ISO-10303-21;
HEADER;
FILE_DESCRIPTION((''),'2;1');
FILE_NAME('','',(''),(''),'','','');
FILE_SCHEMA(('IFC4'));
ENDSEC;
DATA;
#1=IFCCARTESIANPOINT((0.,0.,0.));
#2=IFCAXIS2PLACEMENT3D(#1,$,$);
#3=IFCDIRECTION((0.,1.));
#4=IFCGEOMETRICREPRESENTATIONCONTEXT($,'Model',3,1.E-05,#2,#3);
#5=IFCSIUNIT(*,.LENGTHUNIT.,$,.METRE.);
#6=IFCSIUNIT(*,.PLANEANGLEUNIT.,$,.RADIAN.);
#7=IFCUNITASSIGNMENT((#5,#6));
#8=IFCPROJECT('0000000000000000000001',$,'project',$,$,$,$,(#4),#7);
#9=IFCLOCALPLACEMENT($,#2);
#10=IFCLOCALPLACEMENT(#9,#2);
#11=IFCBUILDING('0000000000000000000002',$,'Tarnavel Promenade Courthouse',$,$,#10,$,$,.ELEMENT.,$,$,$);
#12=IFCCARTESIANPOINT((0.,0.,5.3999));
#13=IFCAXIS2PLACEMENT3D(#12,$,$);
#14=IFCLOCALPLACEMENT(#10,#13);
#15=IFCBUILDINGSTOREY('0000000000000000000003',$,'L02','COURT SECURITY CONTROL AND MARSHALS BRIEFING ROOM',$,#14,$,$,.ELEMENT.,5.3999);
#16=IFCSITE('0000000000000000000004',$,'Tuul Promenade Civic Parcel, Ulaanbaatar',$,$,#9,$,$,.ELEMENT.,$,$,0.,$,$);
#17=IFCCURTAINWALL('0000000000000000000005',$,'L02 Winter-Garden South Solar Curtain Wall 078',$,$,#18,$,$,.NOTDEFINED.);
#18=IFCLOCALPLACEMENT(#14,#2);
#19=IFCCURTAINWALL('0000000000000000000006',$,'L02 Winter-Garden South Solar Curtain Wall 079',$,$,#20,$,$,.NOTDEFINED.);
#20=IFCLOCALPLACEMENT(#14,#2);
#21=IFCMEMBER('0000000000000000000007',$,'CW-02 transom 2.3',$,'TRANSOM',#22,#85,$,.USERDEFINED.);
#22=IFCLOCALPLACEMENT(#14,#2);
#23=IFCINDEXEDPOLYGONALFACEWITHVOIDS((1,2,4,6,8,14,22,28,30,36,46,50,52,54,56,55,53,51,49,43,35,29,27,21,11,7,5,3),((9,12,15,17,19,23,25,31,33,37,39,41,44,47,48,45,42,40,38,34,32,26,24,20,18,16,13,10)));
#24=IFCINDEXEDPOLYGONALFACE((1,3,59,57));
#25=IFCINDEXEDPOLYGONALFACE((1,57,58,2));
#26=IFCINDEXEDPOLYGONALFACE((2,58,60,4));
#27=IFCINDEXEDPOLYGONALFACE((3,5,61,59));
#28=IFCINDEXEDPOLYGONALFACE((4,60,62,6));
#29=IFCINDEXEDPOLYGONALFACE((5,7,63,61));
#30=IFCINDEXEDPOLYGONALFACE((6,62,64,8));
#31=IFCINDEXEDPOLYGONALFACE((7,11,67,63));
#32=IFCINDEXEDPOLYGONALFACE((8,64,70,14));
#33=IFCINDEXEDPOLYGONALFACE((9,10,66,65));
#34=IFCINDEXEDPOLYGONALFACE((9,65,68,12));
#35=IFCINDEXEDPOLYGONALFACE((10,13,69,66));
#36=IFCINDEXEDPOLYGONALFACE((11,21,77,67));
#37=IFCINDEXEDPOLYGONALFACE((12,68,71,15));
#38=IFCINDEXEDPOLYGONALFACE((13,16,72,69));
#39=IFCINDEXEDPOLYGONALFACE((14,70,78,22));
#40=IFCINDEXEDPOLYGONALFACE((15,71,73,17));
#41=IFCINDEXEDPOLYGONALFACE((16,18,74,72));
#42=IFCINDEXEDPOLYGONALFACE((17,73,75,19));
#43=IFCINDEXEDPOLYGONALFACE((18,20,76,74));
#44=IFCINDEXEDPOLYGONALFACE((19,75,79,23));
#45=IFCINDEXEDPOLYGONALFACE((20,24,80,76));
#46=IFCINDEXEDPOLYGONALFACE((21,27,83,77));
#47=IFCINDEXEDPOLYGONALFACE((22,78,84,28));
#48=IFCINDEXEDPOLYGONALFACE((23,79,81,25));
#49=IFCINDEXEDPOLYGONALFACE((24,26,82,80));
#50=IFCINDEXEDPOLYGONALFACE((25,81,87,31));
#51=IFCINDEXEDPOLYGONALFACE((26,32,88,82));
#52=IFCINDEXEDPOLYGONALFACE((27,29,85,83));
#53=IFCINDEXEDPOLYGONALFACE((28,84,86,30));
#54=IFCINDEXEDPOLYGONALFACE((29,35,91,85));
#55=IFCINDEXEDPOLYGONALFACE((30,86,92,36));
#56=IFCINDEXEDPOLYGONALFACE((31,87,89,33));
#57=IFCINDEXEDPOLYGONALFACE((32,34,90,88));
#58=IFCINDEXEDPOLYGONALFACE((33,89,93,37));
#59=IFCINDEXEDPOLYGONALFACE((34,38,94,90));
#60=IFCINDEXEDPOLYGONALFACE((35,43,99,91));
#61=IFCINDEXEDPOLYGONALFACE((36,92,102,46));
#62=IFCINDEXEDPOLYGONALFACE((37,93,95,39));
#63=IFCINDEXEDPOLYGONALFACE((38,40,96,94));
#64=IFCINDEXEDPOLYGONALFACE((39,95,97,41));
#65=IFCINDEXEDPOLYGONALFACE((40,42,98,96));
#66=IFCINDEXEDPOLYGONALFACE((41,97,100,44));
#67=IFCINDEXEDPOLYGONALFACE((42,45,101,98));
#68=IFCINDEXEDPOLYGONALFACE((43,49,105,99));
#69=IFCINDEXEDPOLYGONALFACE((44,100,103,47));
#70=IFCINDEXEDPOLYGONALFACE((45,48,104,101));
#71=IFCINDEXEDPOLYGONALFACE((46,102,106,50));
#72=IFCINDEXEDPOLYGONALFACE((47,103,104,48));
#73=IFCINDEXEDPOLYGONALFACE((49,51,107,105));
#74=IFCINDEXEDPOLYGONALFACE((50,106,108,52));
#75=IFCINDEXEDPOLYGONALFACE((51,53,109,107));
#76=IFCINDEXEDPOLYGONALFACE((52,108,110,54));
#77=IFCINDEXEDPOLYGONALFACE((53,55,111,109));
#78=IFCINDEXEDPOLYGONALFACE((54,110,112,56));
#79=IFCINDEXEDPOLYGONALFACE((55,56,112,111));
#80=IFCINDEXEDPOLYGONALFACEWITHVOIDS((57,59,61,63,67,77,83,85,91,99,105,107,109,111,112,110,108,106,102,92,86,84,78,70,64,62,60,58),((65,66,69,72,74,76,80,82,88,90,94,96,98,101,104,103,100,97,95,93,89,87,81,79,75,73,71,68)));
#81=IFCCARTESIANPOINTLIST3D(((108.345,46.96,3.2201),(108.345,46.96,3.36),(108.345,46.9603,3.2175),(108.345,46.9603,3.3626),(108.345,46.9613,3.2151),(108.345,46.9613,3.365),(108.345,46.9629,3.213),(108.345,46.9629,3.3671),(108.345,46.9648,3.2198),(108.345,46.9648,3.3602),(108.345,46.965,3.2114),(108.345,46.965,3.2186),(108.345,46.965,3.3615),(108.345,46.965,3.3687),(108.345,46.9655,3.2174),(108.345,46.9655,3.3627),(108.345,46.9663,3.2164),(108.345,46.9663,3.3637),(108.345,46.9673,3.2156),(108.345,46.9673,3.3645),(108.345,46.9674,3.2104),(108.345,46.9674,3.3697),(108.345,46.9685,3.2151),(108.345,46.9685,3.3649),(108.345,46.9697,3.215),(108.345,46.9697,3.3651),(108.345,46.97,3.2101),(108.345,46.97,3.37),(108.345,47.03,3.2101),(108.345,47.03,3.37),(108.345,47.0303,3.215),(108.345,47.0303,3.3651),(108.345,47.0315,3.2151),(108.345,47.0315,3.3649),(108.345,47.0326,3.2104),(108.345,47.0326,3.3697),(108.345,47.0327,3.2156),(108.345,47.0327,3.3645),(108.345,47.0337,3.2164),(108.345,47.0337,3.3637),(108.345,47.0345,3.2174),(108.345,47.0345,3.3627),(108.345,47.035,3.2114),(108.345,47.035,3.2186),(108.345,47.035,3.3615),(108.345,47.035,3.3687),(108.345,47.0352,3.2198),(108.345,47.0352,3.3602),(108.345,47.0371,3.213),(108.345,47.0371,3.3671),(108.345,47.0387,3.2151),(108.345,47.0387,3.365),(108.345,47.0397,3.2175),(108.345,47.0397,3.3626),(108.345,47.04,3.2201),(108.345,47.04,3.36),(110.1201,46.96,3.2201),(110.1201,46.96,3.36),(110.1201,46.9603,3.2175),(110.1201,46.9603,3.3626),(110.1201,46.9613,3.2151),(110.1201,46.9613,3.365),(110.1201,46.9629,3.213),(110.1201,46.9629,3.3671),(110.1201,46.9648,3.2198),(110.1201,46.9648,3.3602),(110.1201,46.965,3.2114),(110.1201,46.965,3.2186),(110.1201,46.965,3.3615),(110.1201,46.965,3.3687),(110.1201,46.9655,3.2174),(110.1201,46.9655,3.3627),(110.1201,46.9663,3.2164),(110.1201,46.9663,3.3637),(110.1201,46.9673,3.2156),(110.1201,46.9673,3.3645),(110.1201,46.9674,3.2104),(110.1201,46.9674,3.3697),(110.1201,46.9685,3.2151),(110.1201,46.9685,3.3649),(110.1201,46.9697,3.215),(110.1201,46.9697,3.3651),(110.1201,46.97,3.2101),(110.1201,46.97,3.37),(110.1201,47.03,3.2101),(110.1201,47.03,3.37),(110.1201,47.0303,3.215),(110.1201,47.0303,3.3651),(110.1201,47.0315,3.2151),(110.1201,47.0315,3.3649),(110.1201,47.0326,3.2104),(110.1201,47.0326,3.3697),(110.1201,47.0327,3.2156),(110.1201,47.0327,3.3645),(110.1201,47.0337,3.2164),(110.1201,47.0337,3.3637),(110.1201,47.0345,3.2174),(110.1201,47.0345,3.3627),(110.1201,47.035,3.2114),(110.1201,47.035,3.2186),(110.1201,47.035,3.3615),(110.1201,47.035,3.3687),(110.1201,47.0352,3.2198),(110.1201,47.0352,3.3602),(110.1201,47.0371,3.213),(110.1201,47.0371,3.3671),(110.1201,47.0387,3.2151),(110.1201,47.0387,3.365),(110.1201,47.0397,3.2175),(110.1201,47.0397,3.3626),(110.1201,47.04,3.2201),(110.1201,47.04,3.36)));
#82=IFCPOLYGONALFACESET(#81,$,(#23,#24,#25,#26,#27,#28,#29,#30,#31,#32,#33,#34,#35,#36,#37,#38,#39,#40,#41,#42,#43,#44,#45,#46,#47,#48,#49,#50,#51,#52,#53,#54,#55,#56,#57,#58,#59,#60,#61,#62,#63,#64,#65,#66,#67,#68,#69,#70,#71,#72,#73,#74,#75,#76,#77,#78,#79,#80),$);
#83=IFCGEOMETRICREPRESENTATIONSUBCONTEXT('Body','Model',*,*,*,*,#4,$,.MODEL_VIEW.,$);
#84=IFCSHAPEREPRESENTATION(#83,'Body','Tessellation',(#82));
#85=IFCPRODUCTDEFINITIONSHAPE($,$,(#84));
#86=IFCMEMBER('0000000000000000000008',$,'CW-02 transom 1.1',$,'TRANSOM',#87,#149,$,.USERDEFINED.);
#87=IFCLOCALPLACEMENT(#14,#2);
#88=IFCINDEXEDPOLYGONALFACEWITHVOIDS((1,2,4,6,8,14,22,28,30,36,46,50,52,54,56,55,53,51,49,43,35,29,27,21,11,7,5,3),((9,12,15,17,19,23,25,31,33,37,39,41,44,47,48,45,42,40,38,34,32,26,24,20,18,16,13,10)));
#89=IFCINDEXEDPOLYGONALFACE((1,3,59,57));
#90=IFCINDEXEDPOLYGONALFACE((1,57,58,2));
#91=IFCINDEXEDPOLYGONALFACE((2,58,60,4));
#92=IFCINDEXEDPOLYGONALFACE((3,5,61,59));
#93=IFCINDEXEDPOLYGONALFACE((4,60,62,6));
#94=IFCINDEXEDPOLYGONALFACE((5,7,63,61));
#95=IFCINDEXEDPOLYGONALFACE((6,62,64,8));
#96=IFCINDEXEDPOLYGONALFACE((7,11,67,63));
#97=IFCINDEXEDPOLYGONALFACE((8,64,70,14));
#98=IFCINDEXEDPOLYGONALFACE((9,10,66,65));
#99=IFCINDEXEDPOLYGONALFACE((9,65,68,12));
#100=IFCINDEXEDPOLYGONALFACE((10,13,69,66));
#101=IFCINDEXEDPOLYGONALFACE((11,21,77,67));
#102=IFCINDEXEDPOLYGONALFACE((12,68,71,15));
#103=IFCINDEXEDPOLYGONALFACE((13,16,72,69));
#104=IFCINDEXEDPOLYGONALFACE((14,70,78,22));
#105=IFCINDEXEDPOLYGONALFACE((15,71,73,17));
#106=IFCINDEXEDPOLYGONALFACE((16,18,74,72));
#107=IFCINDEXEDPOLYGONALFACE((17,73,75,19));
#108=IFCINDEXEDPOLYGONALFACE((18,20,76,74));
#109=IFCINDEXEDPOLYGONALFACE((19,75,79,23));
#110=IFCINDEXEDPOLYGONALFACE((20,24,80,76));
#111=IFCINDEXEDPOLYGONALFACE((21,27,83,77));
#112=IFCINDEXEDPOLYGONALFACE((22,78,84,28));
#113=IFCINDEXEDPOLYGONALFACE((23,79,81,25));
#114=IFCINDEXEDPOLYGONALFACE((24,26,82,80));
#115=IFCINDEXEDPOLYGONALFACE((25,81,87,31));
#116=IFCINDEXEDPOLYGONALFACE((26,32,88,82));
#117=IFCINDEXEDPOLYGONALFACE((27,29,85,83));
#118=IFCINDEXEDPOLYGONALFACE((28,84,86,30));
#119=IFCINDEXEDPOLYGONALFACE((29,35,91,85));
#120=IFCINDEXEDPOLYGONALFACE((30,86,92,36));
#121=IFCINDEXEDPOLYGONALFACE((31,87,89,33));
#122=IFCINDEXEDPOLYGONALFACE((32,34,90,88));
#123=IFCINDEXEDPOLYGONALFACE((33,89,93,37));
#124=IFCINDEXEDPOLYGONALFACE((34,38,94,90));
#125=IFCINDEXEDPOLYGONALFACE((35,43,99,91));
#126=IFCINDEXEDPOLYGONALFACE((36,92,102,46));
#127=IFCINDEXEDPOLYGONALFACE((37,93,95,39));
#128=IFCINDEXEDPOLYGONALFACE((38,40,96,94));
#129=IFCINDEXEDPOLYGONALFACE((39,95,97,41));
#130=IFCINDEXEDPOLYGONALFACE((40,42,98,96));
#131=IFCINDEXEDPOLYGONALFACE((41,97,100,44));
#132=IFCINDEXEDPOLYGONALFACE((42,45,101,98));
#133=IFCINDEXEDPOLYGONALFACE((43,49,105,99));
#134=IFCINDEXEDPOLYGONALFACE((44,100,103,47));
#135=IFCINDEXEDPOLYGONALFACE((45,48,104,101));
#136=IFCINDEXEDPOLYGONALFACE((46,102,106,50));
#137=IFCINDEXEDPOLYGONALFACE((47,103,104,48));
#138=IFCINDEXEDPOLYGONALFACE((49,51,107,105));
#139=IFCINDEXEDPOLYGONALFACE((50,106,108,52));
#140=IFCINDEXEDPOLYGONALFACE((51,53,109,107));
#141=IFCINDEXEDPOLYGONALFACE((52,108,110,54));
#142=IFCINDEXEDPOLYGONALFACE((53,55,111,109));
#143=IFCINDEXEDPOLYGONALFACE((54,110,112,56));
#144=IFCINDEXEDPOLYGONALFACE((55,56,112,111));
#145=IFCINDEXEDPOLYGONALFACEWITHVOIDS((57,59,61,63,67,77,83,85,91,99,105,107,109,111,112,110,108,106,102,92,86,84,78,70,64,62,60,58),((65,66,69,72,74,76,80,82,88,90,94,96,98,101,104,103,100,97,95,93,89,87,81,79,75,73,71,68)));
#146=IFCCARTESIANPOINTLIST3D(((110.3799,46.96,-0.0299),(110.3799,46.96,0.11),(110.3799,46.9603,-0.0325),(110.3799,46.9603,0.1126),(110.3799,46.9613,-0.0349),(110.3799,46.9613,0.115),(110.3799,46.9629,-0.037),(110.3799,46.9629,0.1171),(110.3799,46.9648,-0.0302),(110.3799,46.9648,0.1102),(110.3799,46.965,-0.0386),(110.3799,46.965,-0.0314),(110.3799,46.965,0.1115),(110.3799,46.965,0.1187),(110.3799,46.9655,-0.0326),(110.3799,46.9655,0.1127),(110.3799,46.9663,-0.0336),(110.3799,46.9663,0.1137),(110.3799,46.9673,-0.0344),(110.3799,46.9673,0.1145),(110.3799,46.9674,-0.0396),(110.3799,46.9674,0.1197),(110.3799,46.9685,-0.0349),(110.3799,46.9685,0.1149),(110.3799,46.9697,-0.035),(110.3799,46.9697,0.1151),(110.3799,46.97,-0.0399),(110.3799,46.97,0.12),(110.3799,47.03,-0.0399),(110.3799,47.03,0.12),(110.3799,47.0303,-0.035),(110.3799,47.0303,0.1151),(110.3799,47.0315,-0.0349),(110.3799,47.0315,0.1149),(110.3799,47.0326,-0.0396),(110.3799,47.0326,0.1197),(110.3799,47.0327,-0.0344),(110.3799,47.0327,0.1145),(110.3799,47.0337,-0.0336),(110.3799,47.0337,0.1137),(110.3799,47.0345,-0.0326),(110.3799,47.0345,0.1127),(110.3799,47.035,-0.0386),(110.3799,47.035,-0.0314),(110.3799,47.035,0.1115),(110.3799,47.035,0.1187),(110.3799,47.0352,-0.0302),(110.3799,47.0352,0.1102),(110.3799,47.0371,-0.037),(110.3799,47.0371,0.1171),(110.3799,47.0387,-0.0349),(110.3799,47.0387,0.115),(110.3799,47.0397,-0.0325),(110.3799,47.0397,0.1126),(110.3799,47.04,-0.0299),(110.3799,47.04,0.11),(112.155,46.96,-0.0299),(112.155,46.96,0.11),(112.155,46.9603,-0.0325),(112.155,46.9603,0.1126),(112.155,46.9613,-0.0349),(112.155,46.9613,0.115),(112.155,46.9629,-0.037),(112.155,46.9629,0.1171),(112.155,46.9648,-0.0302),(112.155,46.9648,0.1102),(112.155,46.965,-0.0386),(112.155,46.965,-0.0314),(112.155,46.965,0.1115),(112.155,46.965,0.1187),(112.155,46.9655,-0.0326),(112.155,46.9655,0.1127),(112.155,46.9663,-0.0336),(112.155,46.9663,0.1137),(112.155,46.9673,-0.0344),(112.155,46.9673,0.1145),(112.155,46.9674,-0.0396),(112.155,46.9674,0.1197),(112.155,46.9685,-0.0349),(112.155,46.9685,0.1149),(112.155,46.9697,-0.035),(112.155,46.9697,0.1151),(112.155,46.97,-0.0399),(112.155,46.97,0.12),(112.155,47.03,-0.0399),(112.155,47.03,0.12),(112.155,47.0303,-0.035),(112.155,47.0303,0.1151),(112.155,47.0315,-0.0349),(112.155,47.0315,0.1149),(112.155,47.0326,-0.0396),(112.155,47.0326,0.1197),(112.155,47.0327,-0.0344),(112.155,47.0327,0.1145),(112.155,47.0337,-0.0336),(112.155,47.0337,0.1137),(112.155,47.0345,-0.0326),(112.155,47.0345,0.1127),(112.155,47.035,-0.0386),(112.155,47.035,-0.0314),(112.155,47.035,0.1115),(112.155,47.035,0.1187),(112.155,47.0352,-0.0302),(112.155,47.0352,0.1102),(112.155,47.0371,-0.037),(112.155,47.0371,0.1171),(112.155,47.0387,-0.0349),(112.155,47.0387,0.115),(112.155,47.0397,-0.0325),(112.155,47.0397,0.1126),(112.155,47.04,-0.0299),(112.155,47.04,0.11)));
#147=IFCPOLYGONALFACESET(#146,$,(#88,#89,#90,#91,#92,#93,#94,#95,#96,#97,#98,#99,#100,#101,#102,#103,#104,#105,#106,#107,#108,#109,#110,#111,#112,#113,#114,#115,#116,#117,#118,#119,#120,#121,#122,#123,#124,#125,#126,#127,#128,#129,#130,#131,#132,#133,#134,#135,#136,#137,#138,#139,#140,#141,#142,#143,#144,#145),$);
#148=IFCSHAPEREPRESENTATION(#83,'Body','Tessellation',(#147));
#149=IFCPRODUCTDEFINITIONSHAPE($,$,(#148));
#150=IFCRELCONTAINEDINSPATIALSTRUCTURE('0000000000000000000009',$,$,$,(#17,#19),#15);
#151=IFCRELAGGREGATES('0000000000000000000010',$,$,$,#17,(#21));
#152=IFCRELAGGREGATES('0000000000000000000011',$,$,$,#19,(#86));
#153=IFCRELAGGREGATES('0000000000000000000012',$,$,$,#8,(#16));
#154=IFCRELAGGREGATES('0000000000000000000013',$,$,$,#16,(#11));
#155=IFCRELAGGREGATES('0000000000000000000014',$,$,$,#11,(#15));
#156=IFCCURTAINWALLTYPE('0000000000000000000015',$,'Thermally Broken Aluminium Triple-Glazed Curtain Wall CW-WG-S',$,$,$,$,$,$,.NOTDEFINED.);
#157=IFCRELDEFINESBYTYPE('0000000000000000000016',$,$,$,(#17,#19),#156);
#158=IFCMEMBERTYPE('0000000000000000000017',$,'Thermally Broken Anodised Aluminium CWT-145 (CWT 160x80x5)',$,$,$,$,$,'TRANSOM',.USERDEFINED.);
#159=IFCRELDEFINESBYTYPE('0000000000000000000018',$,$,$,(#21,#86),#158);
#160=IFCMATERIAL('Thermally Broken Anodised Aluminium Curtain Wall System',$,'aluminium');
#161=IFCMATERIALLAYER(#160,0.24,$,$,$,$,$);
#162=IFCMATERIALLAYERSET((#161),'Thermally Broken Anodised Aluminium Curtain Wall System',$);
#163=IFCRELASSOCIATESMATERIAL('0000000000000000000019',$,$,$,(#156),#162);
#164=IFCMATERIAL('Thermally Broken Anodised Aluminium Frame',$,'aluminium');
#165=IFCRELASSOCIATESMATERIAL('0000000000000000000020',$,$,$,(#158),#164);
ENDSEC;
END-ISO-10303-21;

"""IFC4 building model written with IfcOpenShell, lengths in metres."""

from ifc_helpers import new_model, si_unit, direction, frame, origin, origin_2d, place, context, subcontext, project, spatial, hollow_rectangle, extrude, material, layer, layer_set, material_profile, profile_set, type_object, element, aggregate, save


model = new_model("IFC4")

# Units and contexts
model_context = context("Model", 3, precision=1e-05, world=origin(), true_north=direction((0.0, 1.0)))
body_context = subcontext(model_context, "Body", "Model", "MODEL_VIEW")
ifc_project = project(units=[si_unit("LENGTHUNIT", "METRE"), si_unit("PLANEANGLEUNIT", "RADIAN")], contexts=[model_context])

# Site, building, storey
site_placement = place(None, origin())
site = spatial("IfcSite", under=ifc_project, at=site_placement, Name="Tuul Promenade Civic Parcel, Ulaanbaatar", CompositionType="ELEMENT", RefElevation=0.0)
building_placement = place(site_placement, origin())
building = spatial("IfcBuilding", under=site, at=building_placement, Name="Tarnavel Promenade Courthouse", CompositionType="ELEMENT")
storey_placement = place(building_placement, frame((0.0, 0.0, 5.3999)))
storey = spatial("IfcBuildingStorey", under=building, at=storey_placement, Name="L02", Description="COURT SECURITY CONTROL AND MARSHALS BRIEFING ROOM", CompositionType="ELEMENT", Elevation=5.3999)

# Curtain walls
ifc_material_1 = material(Name="Thermally Broken Anodised Aluminium Curtain Wall System", Category="aluminium")
ifc_layer_1 = layer(ifc_material_1, 0.24)
ifc_layer_set_1 = layer_set([ifc_layer_1], Name="Thermally Broken Anodised Aluminium Curtain Wall System")
curtain_wall_type = type_object("IfcCurtainWallType", Name="Thermally Broken Aluminium Triple-Glazed Curtain Wall CW-WG-S", PredefinedType="NOTDEFINED", material=ifc_layer_set_1)
curtain_wall_1_placement = place(storey_placement, origin())
curtain_wall_1 = element("IfcCurtainWall", 1, at=curtain_wall_1_placement, inside=storey, type_object=curtain_wall_type, Name="L02 Winter-Garden South Solar Curtain Wall 078", PredefinedType="NOTDEFINED")
ifc_material_2 = material(Name="Thermally Broken Anodised Aluminium Frame", Category="aluminium")
curtain_wall_2_placement = place(storey_placement, origin())
curtain_wall_2 = element("IfcCurtainWall", 2, at=curtain_wall_2_placement, inside=storey, type_object=curtain_wall_type, Name="L02 Winter-Garden South Solar Curtain Wall 079", PredefinedType="NOTDEFINED")

# Members
ifc_material_profile_1 = material_profile(ifc_material_2, hollow_rectangle(XDim=0.0801, YDim=0.1599, WallThickness=0.0049, InnerFilletRadius=0.0049, OuterFilletRadius=0.01, at=origin_2d()), Name="CWT 160x80x5")
ifc_profile_set_1 = profile_set([ifc_material_profile_1], Name="Thermally Broken Anodised Aluminium Frame")
member_type_1 = type_object("IfcMemberType", Name="Thermally Broken Anodised Aluminium CWT-145 (CWT 160x80x5)", ElementType="TRANSOM", PredefinedType="USERDEFINED", material=ifc_profile_set_1)
member_1_placement = place(storey_placement, frame((108.345, 47.0, 3.29), z_axis=(1.0, 0.0, 0.0), x_axis=(0.0, 1.0, 0.0)))
member_1 = element("IfcMember", 3, at=member_1_placement, type_object=member_type_1, Name="CW-02 transom 2.3", ObjectType="TRANSOM", PredefinedType="USERDEFINED", context=body_context, shape_type="SweptSolid", body=[
    extrude(hollow_rectangle(XDim=0.0801, YDim=0.1599, WallThickness=0.0049, InnerFilletRadius=0.0049, OuterFilletRadius=0.01, at=origin_2d()), origin(), (0.0, 0.0, 1.0), 1.7751),
])
member_2_placement = place(storey_placement, frame((110.3799, 47.0, 0.04), z_axis=(1.0, 0.0, 0.0), x_axis=(0.0, 1.0, 0.0)))
member_2 = element("IfcMember", 4, at=member_2_placement, type_object=member_type_1, Name="CW-02 transom 1.1", ObjectType="TRANSOM", PredefinedType="USERDEFINED", context=body_context, shape_type="SweptSolid", body=[
    extrude(hollow_rectangle(XDim=0.0801, YDim=0.1599, WallThickness=0.0049, InnerFilletRadius=0.0049, OuterFilletRadius=0.01, at=origin_2d()), origin(), (0.0, 0.0, 1.0), 1.7751),
])

aggregate(curtain_wall_1, [member_1])
aggregate(curtain_wall_2, [member_2])

save(model, "model.ifc")
